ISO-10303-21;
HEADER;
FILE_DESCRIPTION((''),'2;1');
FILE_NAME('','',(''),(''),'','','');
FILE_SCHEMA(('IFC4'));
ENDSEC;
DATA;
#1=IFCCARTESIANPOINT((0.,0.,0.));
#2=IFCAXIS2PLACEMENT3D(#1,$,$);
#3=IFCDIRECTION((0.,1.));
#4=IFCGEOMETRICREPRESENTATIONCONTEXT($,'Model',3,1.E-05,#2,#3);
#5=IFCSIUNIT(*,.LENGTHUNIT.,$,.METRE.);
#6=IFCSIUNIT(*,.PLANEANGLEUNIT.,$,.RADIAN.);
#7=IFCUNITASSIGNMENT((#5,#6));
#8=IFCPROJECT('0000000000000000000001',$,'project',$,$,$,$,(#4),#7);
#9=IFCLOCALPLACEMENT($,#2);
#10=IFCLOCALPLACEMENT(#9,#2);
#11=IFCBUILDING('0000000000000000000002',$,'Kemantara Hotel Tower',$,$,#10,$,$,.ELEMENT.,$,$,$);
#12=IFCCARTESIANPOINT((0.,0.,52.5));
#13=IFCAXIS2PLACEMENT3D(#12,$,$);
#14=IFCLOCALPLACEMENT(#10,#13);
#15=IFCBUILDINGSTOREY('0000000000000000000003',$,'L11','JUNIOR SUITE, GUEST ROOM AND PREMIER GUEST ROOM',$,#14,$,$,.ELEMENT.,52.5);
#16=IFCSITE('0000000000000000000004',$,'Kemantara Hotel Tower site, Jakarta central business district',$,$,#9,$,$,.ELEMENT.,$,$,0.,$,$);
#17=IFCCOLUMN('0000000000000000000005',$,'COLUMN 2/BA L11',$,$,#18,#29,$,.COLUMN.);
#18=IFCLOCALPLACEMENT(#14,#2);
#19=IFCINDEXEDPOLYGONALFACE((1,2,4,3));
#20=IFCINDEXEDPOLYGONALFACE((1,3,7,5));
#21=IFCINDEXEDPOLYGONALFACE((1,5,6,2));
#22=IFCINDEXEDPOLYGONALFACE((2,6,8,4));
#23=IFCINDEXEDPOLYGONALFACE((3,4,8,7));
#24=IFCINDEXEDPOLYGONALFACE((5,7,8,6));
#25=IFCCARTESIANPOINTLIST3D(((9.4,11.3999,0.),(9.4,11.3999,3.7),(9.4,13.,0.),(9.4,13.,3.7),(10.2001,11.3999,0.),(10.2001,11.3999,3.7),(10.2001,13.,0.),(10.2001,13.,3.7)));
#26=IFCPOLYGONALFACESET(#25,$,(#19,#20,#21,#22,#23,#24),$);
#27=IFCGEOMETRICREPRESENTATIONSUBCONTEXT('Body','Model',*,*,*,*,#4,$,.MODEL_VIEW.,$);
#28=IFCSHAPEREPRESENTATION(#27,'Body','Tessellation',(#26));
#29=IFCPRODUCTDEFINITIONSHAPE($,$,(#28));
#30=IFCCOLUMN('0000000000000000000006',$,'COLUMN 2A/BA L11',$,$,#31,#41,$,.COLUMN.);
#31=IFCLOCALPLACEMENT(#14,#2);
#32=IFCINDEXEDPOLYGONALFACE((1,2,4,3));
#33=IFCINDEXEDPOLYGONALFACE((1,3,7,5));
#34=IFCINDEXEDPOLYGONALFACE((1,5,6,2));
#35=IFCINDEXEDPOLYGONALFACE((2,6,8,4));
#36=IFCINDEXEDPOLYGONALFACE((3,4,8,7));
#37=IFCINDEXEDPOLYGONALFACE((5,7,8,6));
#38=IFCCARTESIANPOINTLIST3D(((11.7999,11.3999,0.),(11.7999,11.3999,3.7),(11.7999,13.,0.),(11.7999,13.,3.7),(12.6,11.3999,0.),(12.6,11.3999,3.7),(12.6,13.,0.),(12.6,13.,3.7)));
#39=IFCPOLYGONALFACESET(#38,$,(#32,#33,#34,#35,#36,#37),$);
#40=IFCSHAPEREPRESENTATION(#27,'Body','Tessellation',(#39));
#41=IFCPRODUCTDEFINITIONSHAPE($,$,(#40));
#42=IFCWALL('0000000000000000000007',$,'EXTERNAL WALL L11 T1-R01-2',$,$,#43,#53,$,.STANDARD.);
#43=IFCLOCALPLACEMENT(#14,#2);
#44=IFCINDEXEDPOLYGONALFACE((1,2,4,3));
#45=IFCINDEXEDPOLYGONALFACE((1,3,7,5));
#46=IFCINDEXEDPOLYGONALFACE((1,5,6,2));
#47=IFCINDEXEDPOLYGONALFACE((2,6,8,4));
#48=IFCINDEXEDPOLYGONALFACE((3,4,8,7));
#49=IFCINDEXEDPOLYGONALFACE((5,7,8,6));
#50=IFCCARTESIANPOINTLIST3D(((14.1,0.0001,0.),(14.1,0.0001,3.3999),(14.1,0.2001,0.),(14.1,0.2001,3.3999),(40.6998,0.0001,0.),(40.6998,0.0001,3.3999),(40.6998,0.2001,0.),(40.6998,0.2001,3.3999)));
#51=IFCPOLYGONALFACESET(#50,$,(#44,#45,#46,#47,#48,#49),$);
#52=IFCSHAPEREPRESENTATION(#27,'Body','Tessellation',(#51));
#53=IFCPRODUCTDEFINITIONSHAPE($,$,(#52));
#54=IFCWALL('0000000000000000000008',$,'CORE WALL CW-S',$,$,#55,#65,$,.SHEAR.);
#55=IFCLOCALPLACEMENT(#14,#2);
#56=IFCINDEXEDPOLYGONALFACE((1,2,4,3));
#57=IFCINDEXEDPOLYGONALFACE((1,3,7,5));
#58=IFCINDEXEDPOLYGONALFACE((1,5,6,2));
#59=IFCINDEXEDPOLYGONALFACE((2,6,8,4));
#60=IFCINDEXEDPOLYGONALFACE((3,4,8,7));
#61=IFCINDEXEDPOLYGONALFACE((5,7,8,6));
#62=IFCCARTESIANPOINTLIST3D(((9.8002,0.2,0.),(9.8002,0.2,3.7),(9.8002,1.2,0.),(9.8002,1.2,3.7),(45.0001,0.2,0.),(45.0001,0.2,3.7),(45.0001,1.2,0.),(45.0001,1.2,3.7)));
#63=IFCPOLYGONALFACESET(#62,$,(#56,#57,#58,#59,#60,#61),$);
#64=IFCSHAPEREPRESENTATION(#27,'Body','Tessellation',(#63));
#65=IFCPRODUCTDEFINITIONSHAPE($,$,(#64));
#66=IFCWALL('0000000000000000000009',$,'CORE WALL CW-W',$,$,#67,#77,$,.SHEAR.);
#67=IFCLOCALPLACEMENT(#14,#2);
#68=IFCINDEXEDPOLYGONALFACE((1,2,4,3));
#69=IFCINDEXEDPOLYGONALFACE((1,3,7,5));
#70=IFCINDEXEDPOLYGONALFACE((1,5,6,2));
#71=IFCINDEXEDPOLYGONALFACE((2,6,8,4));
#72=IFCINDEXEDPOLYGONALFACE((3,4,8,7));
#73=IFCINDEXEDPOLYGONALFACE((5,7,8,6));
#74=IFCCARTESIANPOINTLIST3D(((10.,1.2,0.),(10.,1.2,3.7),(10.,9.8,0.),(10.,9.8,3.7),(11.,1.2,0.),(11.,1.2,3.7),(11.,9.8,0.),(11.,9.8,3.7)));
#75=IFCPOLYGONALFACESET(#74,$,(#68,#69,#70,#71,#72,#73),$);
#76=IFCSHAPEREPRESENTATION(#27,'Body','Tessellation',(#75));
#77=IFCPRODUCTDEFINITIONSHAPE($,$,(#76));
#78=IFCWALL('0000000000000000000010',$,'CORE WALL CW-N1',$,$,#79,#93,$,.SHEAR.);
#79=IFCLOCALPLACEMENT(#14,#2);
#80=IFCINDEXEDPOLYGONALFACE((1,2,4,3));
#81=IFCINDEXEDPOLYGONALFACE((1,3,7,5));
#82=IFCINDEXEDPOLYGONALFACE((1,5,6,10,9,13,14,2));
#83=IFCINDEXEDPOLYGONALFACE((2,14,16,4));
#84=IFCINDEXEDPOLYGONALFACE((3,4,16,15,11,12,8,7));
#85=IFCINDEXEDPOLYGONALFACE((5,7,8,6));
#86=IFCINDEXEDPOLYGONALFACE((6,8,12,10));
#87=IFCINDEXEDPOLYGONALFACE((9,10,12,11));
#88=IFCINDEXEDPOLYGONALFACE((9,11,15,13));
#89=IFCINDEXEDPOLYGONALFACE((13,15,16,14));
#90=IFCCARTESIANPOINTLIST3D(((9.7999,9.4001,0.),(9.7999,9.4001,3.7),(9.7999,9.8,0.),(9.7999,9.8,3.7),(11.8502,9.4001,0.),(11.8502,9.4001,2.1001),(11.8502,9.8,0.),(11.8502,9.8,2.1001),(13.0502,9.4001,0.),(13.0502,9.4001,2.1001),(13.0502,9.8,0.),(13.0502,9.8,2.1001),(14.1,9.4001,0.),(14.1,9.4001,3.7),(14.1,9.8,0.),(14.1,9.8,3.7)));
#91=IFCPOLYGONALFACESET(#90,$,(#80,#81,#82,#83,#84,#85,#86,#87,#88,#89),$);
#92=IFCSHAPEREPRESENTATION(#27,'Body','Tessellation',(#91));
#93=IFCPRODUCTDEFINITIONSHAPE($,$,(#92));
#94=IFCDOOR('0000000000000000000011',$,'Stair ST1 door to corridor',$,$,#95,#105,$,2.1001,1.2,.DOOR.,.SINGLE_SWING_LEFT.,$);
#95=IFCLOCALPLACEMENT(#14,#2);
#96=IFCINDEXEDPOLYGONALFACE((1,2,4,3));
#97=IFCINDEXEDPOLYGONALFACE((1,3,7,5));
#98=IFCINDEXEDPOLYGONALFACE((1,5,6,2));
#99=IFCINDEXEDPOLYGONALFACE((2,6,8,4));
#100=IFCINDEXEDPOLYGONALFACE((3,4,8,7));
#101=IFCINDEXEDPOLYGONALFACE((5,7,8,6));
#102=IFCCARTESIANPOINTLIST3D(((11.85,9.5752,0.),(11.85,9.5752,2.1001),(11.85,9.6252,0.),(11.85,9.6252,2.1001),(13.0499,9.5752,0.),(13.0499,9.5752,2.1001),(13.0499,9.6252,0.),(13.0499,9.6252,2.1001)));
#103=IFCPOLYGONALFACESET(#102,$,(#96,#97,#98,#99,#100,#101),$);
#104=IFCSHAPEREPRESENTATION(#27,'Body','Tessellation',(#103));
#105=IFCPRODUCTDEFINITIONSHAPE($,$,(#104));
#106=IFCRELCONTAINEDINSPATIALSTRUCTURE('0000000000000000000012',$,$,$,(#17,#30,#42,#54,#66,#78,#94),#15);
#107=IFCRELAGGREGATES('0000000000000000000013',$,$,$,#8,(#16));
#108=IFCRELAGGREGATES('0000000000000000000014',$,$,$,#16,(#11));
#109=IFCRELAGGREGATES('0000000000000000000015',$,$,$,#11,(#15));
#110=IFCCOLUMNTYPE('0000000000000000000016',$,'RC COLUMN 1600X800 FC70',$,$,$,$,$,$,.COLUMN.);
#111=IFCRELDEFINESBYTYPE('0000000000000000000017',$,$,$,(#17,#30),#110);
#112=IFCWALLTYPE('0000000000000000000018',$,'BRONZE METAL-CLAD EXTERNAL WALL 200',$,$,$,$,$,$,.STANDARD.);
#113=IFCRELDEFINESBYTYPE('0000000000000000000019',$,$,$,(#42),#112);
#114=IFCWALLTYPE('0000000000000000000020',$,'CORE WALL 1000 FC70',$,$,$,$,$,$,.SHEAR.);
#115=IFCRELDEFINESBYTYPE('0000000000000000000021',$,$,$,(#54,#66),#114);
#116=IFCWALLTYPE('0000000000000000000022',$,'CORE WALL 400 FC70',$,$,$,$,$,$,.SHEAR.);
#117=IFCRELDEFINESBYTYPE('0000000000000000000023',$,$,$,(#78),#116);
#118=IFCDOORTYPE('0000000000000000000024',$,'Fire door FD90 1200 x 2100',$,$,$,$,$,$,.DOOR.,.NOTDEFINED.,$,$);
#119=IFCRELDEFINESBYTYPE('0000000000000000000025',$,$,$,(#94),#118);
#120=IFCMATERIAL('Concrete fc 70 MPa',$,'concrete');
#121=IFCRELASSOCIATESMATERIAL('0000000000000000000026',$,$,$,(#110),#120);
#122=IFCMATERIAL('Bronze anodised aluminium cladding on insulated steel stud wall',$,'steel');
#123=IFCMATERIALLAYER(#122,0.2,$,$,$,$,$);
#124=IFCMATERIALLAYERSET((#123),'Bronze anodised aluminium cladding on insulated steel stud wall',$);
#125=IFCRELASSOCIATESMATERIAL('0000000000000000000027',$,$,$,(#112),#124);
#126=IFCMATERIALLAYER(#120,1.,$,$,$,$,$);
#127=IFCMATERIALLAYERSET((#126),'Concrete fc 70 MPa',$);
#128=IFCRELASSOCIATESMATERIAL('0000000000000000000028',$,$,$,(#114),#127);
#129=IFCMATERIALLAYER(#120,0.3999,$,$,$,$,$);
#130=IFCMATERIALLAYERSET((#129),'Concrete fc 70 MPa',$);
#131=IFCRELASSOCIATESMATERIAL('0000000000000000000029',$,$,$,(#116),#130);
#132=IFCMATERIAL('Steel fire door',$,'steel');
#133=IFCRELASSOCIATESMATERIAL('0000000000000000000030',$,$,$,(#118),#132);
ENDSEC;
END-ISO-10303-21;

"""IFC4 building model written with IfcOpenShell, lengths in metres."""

from ifc_helpers import new_model, si_unit, direction, frame, frame_2d, origin, origin_2d, place, context, subcontext, project, spatial, rectangle, extrude, material, layer, layer_set, material_profile, profile_set, type_object, element, fill, save


model = new_model("IFC4")

# Units and contexts
model_context = context("Model", 3, precision=1e-05, world=origin(), true_north=direction((0.0, 1.0)))
body_context = subcontext(model_context, "Body", "Model", "MODEL_VIEW")
ifc_project = project(units=[si_unit("LENGTHUNIT", "METRE"), si_unit("PLANEANGLEUNIT", "RADIAN")], contexts=[model_context])

# Site, building, storey
site_placement = place(None, origin())
site = spatial("IfcSite", under=ifc_project, at=site_placement, Name="Kemantara Hotel Tower site, Jakarta central business district", CompositionType="ELEMENT", RefElevation=0.0)
building_placement = place(site_placement, origin())
building = spatial("IfcBuilding", under=site, at=building_placement, Name="Kemantara Hotel Tower", CompositionType="ELEMENT")
storey_placement = place(building_placement, frame((0.0, 0.0, 52.5)))
storey = spatial("IfcBuildingStorey", under=building, at=storey_placement, Name="L11", Description="JUNIOR SUITE, GUEST ROOM AND PREMIER GUEST ROOM", CompositionType="ELEMENT", Elevation=52.5)

# Columns
ifc_material_1 = material(Name="Concrete fc 70 MPa", Category="concrete")
ifc_material_profile = material_profile(ifc_material_1, rectangle(XDim=1.6001, YDim=0.8, at=origin_2d()), Name="RC 1600X800")
ifc_profile_set = profile_set([ifc_material_profile], Name="Concrete fc 70 MPa")
column_type = type_object("IfcColumnType", Name="RC COLUMN 1600X800 FC70", PredefinedType="COLUMN", material=ifc_profile_set)
for number, where, z_axis, x_axis, name in (
    (1, (9.8, 12.2, 0.0), (0.0, 0.0, 1.0), (0.0, 1.0, 0.0), "COLUMN 2/BA L11"),
    (2, (12.2, 12.2, 0.0), (0.0, 0.0, 1.0), (0.0, 1.0, 0.0), "COLUMN 2A/BA L11"),
):
    element("IfcColumn", number, at=place(storey_placement, frame(where, z_axis=z_axis, x_axis=x_axis)), inside=storey, type_object=column_type, Name=name, PredefinedType="COLUMN", context=body_context, shape_type="SweptSolid", body=[
        extrude(rectangle(XDim=1.6001, YDim=0.8, at=origin_2d()), origin(), (0.0, 0.0, 1.0), 3.7),
    ])

# Walls
ifc_material_2 = material(Name="Bronze anodised aluminium cladding on insulated steel stud wall", Category="steel")
ifc_layer_1 = layer(ifc_material_2, 0.2)
ifc_layer_set_1 = layer_set([ifc_layer_1], Name="Bronze anodised aluminium cladding on insulated steel stud wall")
wall_type_1 = type_object("IfcWallType", Name="BRONZE METAL-CLAD EXTERNAL WALL 200", PredefinedType="STANDARD", material=ifc_layer_set_1)
wall_1_placement = place(storey_placement, frame((14.1001, 0.1001, 0.0), z_axis=(0.0, 0.0, 1.0), x_axis=(1.0, 0.0, 0.0)))
element("IfcWall", 3, at=wall_1_placement, inside=storey, type_object=wall_type_1, Name="EXTERNAL WALL L11 T1-R01-2", PredefinedType="STANDARD", context=body_context, shape_type="SweptSolid", body=[
    extrude(rectangle(XDim=26.5999, YDim=0.2, at=frame_2d((13.2998, 0.0))), origin(), (0.0, 0.0, 1.0), 3.3999),
])
ifc_layer_2 = layer(ifc_material_1, 1.0)
ifc_layer_set_2 = layer_set([ifc_layer_2], Name="Concrete fc 70 MPa")
wall_type_2 = type_object("IfcWallType", Name="CORE WALL 1000 FC70", PredefinedType="SHEAR", material=ifc_layer_set_2)
wall_2_placement = place(storey_placement, frame((9.8, 0.7, 0.0), z_axis=(0.0, 0.0, 1.0), x_axis=(1.0, 0.0, 0.0)))
element("IfcWall", 4, at=wall_2_placement, inside=storey, type_object=wall_type_2, Name="CORE WALL CW-S", PredefinedType="SHEAR", context=body_context, shape_type="SweptSolid", body=[
    extrude(rectangle(XDim=35.2, YDim=1.0, at=frame_2d((17.6001, 0.0))), origin(), (0.0, 0.0, 1.0), 3.7),
])
wall_3_placement = place(storey_placement, frame((10.5, 1.2, 0.0), z_axis=(0.0, 0.0, 1.0), x_axis=(0.0, 1.0, 0.0)))
element("IfcWall", 5, at=wall_3_placement, inside=storey, type_object=wall_type_2, Name="CORE WALL CW-W", PredefinedType="SHEAR", context=body_context, shape_type="SweptSolid", body=[
    extrude(rectangle(XDim=8.6001, YDim=1.0, at=frame_2d((4.3, 0.0))), origin(), (0.0, 0.0, 1.0), 3.7),
])

# Wall, opening, door
ifc_layer_3 = layer(ifc_material_1, 0.3999)
ifc_layer_set_3 = layer_set([ifc_layer_3], Name="Concrete fc 70 MPa")
wall_type_3 = type_object("IfcWallType", Name="CORE WALL 400 FC70", PredefinedType="SHEAR", material=ifc_layer_set_3)
wall_4_placement = place(storey_placement, frame((9.8, 9.6001, 0.0), z_axis=(0.0, 0.0, 1.0), x_axis=(1.0, 0.0, 0.0)))
wall_4 = element("IfcWall", 6, at=wall_4_placement, inside=storey, type_object=wall_type_3, Name="CORE WALL CW-N1", PredefinedType="SHEAR", context=body_context, shape_type="SweptSolid", body=[
    extrude(rectangle(XDim=4.3, YDim=0.3999, at=frame_2d((2.1499, 0.0))), origin(), (0.0, 0.0, 1.0), 3.7),
])
opening_1_placement = place(wall_4_placement, frame((2.05, 0.0, 0.0)))
opening_1 = element("IfcOpeningElement", 7, at=opening_1_placement, cuts=wall_4, PredefinedType="OPENING", context=body_context, shape_type="SweptSolid", body=[
    extrude(rectangle(XDim=1.2, YDim=2.1001, at=frame_2d((0.6001, 1.05))), frame((0.0, 0.21, 0.0), z_axis=(0.0, -1.0, 0.0), x_axis=(1.0, 0.0, 0.0)), (0.0, 0.0, 1.0), 0.4199),
])
ifc_material_3 = material(Name="Steel fire door", Category="steel")
door_type_1 = type_object("IfcDoorType", Name="Fire door FD90 1200 x 2100", OperationType="NOTDEFINED", PredefinedType="DOOR", material=ifc_material_3)
door_1_placement = place(opening_1_placement, frame((1.2, 0.0, 0.0), z_axis=(0.0, 0.0, 1.0), x_axis=(-1.0, 0.0, 0.0)))
door_1 = element("IfcDoor", 8, at=door_1_placement, inside=storey, type_object=door_type_1, Name="Stair ST1 door to corridor", OperationType="SINGLE_SWING_LEFT", OverallHeight=2.1001, OverallWidth=1.2, PredefinedType="DOOR", context=body_context, shape_type="SweptSolid", body=[
    extrude(rectangle(XDim=1.2, YDim=2.1001, at=frame_2d((0.6001, 1.05))), frame((0.0, 0.0249, 0.0), z_axis=(0.0, -1.0, 0.0), x_axis=(1.0, 0.0, 0.0)), (0.0, 0.0, 1.0), 0.05),
])
fill(opening_1, door_1)

save(model, "model.ifc")
